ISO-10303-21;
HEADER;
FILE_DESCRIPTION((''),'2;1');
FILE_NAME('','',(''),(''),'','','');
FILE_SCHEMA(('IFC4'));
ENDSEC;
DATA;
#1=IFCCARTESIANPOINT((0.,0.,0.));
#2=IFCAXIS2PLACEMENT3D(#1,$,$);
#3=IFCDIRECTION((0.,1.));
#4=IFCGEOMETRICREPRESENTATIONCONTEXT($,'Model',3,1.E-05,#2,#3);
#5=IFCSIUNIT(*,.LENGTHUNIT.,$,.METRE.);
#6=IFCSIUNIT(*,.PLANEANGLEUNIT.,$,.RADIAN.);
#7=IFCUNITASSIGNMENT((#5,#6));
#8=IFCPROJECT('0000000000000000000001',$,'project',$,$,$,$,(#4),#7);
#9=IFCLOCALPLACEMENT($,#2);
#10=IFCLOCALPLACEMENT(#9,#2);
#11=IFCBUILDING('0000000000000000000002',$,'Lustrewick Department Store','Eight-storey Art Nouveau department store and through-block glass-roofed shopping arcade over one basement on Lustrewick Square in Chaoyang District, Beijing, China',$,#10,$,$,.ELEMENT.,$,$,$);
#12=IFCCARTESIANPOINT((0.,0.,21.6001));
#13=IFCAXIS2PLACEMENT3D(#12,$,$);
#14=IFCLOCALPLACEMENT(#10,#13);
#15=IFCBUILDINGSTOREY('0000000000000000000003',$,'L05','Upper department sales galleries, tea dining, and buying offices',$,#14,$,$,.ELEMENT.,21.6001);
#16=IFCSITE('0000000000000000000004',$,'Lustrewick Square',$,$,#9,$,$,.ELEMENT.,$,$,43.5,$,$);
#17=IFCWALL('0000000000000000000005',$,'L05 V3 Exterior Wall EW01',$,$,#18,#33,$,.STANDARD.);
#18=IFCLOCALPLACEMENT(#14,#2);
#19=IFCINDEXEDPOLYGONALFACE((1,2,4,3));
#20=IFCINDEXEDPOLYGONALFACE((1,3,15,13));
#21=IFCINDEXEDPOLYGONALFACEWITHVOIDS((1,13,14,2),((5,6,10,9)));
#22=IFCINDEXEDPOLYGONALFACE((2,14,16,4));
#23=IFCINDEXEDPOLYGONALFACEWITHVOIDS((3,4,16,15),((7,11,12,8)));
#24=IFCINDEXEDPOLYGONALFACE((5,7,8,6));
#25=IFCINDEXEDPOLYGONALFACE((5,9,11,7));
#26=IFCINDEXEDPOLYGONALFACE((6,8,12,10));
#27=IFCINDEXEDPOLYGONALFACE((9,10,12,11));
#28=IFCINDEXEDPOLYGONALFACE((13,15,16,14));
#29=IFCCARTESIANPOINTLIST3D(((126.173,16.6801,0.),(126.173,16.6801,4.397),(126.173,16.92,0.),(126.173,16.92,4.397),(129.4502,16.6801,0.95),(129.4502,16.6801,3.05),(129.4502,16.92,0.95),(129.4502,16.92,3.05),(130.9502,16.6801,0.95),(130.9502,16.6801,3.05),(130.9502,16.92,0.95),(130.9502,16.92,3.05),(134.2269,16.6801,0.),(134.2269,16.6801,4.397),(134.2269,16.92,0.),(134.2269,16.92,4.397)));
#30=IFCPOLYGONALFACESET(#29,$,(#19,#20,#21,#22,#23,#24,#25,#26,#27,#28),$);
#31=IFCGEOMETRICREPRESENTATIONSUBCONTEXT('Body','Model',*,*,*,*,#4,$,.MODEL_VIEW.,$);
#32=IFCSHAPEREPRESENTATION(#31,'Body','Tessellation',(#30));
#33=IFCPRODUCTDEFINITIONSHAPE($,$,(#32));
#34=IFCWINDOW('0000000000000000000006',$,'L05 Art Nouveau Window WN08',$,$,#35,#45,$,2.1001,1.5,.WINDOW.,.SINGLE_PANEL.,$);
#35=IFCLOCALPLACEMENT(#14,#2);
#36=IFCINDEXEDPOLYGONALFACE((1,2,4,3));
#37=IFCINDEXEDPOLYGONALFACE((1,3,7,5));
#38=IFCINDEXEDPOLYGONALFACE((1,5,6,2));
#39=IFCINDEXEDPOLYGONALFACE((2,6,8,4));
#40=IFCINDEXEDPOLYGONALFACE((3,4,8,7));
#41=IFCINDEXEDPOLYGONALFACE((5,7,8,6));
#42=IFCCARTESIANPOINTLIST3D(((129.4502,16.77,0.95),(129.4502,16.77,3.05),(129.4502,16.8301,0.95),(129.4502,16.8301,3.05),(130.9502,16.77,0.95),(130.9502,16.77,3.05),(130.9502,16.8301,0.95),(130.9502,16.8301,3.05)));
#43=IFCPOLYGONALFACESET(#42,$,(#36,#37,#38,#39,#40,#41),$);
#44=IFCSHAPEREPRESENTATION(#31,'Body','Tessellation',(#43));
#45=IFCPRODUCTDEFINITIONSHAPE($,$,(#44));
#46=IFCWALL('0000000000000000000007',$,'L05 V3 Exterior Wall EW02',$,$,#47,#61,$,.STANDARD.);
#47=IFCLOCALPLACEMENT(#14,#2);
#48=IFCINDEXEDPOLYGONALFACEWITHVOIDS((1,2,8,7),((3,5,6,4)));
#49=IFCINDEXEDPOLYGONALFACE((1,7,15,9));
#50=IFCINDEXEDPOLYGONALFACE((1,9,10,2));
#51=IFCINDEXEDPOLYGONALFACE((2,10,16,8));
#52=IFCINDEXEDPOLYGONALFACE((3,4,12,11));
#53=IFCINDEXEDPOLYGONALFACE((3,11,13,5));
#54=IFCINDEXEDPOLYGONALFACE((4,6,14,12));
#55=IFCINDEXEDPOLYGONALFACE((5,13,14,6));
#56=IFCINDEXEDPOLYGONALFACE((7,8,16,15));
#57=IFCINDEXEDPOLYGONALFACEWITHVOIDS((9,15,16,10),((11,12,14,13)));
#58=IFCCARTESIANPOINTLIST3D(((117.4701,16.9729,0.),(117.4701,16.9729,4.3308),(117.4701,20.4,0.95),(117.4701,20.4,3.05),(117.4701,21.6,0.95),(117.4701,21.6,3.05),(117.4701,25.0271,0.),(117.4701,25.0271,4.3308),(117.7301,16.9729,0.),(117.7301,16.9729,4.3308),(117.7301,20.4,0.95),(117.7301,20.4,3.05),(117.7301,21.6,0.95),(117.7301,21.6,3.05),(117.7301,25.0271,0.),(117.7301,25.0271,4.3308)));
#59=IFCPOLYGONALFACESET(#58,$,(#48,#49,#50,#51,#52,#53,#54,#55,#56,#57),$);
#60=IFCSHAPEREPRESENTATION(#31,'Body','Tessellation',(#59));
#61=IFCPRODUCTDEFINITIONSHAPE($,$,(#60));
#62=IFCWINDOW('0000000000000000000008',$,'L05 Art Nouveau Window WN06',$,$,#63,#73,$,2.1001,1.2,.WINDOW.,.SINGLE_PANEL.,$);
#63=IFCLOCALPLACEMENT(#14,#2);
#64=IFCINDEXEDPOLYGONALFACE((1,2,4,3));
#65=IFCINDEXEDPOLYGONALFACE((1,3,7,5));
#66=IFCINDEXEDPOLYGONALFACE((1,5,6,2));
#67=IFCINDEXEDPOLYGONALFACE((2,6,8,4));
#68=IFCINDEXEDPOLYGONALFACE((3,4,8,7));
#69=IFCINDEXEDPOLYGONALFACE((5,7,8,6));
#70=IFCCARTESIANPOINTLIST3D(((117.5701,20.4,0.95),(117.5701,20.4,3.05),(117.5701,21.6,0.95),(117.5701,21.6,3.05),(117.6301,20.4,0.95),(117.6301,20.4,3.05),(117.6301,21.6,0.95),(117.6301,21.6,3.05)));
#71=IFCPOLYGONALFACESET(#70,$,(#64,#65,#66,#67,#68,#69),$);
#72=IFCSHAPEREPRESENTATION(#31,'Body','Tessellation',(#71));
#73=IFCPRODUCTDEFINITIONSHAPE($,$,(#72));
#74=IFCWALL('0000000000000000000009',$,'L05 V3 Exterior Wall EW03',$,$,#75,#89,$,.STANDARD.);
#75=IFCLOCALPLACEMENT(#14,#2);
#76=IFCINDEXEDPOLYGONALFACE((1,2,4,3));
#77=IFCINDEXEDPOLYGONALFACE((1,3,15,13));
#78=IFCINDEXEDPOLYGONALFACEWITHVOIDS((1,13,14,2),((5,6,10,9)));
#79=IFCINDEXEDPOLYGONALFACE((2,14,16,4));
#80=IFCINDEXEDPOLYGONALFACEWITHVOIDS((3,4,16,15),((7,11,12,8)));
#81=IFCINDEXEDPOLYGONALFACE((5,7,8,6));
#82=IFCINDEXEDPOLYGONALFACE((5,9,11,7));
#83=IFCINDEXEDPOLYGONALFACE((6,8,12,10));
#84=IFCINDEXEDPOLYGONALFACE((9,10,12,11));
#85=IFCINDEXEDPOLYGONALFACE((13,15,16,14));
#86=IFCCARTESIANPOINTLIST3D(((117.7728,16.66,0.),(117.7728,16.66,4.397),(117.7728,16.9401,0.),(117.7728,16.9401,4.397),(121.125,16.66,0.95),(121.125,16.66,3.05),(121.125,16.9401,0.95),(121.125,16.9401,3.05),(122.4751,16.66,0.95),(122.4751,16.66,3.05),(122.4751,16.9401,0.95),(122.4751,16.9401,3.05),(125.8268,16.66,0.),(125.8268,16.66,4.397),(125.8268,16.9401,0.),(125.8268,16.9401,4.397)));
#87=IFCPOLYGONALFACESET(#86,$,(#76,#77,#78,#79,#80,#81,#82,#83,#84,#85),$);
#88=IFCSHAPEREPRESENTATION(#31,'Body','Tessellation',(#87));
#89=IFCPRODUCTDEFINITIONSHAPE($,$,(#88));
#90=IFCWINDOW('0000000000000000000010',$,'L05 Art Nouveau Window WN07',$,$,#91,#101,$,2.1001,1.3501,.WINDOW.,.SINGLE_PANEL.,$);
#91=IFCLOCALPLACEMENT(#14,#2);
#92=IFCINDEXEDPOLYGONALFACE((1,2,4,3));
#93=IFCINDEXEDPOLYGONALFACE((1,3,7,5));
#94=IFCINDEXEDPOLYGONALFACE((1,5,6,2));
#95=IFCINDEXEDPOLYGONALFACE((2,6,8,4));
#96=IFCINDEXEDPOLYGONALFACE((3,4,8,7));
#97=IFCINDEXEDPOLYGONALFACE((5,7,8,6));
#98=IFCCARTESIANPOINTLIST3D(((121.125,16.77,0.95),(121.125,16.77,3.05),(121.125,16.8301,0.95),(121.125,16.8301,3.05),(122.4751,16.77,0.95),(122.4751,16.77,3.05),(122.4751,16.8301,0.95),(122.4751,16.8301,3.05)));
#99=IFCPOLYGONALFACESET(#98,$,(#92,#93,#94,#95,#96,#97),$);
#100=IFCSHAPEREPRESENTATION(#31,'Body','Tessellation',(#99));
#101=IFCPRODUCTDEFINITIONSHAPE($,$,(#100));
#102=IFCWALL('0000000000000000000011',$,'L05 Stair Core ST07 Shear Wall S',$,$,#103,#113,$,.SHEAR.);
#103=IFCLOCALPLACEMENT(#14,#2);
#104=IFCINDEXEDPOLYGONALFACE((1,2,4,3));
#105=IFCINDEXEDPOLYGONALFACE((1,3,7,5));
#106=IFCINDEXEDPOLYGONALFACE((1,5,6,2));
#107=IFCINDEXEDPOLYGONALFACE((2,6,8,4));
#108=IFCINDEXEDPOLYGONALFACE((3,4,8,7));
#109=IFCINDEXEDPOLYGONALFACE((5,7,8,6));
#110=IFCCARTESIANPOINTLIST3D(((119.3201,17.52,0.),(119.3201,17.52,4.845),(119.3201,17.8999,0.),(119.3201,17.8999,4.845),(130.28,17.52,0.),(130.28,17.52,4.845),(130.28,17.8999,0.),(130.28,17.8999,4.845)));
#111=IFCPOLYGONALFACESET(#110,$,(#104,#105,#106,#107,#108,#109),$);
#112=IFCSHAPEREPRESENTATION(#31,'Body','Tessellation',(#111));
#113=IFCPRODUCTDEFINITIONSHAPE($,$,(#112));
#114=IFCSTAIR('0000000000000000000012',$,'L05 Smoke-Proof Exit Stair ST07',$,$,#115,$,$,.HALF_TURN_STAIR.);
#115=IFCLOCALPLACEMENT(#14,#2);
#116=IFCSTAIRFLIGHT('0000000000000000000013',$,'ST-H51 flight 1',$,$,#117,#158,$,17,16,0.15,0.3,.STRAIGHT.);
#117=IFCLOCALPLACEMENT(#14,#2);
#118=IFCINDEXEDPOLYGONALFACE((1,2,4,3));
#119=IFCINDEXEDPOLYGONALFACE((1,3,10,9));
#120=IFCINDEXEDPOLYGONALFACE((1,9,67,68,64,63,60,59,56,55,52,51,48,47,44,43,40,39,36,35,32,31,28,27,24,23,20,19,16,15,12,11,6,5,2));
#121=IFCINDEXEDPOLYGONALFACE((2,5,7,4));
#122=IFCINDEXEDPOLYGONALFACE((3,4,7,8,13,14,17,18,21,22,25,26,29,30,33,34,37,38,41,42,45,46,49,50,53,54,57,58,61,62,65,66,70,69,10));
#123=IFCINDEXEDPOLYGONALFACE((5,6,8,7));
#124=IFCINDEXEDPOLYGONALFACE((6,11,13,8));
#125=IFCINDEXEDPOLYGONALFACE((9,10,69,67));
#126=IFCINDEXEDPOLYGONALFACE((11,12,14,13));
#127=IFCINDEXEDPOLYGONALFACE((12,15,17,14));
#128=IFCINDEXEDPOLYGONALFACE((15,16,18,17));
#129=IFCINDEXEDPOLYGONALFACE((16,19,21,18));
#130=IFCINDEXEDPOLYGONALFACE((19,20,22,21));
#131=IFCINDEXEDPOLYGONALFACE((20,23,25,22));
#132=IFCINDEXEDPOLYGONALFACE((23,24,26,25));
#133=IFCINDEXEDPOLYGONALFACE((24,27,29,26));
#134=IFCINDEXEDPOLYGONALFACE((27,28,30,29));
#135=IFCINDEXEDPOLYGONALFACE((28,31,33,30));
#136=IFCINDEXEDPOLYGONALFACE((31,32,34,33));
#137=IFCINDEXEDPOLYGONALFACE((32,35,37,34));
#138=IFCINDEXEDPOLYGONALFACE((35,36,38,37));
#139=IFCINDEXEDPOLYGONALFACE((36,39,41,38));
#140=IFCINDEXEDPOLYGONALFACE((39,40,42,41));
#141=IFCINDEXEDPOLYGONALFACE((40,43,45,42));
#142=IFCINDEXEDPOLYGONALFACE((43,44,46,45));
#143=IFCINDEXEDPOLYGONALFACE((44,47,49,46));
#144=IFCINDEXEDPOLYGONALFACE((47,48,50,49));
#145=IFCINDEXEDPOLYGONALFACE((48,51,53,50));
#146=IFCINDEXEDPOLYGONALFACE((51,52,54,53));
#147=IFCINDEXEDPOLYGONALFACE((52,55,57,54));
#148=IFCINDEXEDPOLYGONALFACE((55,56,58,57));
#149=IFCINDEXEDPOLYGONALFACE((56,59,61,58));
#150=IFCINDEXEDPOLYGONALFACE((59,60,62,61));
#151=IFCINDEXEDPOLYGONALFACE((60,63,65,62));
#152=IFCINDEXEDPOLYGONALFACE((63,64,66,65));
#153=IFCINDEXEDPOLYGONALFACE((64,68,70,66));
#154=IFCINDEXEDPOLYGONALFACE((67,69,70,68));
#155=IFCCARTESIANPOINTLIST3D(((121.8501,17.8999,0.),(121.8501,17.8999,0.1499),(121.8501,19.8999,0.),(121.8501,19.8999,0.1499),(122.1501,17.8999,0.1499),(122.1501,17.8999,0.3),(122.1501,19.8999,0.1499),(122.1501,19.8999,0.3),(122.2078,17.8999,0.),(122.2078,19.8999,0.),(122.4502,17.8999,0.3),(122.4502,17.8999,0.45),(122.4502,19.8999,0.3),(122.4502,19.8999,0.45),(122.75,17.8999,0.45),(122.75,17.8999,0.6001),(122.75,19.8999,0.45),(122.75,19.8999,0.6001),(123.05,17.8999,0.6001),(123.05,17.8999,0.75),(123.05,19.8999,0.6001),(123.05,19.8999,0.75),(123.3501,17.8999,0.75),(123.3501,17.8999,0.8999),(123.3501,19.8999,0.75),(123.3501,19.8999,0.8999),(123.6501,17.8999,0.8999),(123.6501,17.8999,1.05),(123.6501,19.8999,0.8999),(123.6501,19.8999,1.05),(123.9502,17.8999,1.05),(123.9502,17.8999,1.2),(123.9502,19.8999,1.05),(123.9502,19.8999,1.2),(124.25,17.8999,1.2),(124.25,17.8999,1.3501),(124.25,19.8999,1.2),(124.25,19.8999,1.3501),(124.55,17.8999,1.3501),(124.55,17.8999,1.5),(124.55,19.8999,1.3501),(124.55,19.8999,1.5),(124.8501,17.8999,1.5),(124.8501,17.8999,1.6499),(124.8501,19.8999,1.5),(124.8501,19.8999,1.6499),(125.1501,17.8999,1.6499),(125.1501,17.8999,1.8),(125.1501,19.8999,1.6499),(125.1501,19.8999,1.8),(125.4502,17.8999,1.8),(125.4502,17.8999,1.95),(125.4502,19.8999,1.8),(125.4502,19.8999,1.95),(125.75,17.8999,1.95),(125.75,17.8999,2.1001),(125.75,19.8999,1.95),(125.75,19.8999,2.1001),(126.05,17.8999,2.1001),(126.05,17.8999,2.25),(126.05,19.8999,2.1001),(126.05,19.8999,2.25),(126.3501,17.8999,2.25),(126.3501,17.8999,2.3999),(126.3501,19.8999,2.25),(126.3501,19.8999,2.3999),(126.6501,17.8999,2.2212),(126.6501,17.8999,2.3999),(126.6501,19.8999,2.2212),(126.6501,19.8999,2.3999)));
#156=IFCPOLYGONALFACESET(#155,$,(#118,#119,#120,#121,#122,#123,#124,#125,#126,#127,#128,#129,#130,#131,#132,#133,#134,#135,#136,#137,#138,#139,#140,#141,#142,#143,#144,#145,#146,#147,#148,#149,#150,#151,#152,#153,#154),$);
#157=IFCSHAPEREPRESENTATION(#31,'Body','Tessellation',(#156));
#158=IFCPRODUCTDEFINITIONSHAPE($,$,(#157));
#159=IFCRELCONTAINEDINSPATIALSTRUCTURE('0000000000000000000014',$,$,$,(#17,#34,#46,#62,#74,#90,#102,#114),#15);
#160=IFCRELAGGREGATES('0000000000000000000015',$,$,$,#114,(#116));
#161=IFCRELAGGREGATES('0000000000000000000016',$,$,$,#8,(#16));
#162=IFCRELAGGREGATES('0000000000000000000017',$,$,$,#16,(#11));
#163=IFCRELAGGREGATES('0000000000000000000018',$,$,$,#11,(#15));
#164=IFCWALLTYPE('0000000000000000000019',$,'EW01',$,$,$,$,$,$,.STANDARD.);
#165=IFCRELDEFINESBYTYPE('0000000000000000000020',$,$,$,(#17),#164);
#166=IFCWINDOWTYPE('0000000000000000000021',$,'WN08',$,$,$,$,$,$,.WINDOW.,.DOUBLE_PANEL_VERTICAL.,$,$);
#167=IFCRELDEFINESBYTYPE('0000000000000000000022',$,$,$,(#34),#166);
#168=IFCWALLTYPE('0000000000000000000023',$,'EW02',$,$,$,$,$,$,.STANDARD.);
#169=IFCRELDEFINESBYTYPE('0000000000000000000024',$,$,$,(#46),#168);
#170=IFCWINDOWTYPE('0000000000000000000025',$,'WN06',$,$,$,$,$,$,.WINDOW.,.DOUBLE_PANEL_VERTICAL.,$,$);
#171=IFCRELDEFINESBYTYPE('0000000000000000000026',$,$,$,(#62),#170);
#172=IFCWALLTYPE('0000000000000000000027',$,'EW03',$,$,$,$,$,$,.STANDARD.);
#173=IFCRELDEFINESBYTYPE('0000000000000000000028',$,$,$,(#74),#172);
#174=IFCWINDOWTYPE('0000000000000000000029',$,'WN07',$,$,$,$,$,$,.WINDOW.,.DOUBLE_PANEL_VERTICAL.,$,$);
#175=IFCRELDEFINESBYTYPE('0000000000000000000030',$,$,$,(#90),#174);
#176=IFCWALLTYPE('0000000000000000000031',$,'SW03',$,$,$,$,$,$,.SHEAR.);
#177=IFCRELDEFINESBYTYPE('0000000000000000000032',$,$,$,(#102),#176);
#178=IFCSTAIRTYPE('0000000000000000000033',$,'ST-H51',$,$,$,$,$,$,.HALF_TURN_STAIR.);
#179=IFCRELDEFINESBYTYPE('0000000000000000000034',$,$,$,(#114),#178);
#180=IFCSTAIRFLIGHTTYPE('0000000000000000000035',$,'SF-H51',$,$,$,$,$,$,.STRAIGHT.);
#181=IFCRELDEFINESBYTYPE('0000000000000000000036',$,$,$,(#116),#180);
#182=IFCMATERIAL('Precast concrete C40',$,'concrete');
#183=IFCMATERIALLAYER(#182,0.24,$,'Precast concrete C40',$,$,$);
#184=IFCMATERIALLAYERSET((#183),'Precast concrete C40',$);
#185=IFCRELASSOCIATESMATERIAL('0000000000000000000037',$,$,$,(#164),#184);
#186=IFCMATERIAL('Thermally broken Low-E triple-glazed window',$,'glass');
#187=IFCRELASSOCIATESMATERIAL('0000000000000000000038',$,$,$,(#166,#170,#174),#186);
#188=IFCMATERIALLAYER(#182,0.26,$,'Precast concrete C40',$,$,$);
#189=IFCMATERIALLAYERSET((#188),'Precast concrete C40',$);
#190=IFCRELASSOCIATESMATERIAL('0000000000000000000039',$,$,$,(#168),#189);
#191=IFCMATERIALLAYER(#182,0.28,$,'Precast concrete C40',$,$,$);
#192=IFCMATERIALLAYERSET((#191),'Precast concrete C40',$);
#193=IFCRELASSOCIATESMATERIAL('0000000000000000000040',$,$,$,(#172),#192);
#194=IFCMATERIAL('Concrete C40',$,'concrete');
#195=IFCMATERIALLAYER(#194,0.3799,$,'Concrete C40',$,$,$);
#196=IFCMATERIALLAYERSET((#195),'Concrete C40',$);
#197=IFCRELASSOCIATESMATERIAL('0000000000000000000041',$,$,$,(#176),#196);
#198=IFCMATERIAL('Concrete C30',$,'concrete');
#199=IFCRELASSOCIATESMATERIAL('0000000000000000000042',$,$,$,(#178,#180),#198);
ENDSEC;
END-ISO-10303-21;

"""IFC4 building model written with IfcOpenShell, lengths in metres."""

from ifc_helpers import new_model, si_unit, direction, frame, frame_2d, origin, place, context, subcontext, project, spatial, polyline, rectangle, outline, extrude, material, layer, layer_set, type_object, element, fill, aggregate, save


model = new_model("IFC4")

# Units and contexts
model_context = context("Model", 3, precision=1e-05, world=origin(), true_north=direction((0.0, 1.0)))
body_context = subcontext(model_context, "Body", "Model", "MODEL_VIEW")
ifc_project = project(units=[si_unit("LENGTHUNIT", "METRE"), si_unit("PLANEANGLEUNIT", "RADIAN")], contexts=[model_context])

# Site, building, storey
site_placement = place(None, origin())
site = spatial("IfcSite", under=ifc_project, at=site_placement, Name="Lustrewick Square", CompositionType="ELEMENT", RefElevation=43.5)
building_placement = place(site_placement, origin())
building = spatial("IfcBuilding", under=site, at=building_placement, Name="Lustrewick Department Store", Description="Eight-storey Art Nouveau department store and through-block glass-roofed shopping arcade over one basement on Lustrewick Square in Chaoyang District, Beijing, China", CompositionType="ELEMENT")
storey_placement = place(building_placement, frame((0.0, 0.0, 21.6001)))
storey = spatial("IfcBuildingStorey", under=building, at=storey_placement, Name="L05", Description="Upper department sales galleries, tea dining, and buying offices", CompositionType="ELEMENT", Elevation=21.6001)

# Shared definitions
ifc_material_1 = material(Name="Concrete C30", Category="concrete")

# Walls, openings, windows
ifc_material_2 = material(Name="Precast concrete C40", Category="concrete")
ifc_layer_1 = layer(ifc_material_2, 0.24, Name="Precast concrete C40")
ifc_layer_set_1 = layer_set([ifc_layer_1], Name="Precast concrete C40")
wall_type_1 = type_object("IfcWallType", Name="EW01", PredefinedType="STANDARD", material=ifc_layer_set_1)
wall_1_placement = place(storey_placement, frame((126.1731, 16.8, 0.0), z_axis=(0.0, 0.0, 1.0), x_axis=(1.0, 0.0, 0.0)))
wall_1 = element("IfcWall", 1, at=wall_1_placement, inside=storey, type_object=wall_type_1, Name="L05 V3 Exterior Wall EW01", PredefinedType="STANDARD", context=body_context, shape_type="SweptSolid", body=[
    extrude(rectangle(XDim=8.054, YDim=0.24, at=frame_2d((4.0269, 0.0))), origin(), (0.0, 0.0, 1.0), 4.397),
])
opening_1_placement = place(wall_1_placement, frame((3.2771, 0.0, 0.95)))
opening_1 = element("IfcOpeningElement", 2, at=opening_1_placement, cuts=wall_1, PredefinedType="OPENING", context=body_context, shape_type="SweptSolid", body=[
    extrude(rectangle(XDim=1.5, YDim=2.1001, at=frame_2d((0.75, 1.05))), frame((0.0, 0.1299, 0.0), z_axis=(0.0, -1.0, 0.0), x_axis=(1.0, 0.0, 0.0)), (0.0, 0.0, 1.0), 0.26),
])
ifc_material_3 = material(Name="Thermally broken Low-E triple-glazed window", Category="glass")
window_type_1 = type_object("IfcWindowType", Name="WN08", PartitioningType="DOUBLE_PANEL_VERTICAL", PredefinedType="WINDOW", material=ifc_material_3)
window_1_placement = place(opening_1_placement, origin())
window_1 = element("IfcWindow", 3, at=window_1_placement, inside=storey, type_object=window_type_1, Name="L05 Art Nouveau Window WN08", OverallHeight=2.1001, OverallWidth=1.5, PartitioningType="SINGLE_PANEL", PredefinedType="WINDOW", context=body_context, shape_type="SweptSolid", body=[
    extrude(rectangle(XDim=1.5, YDim=2.1001, at=frame_2d((0.75, 1.05))), frame((0.0, 0.03, 0.0), z_axis=(0.0, -1.0, 0.0), x_axis=(1.0, 0.0, 0.0)), (0.0, 0.0, 1.0), 0.0601),
])
fill(opening_1, window_1)
ifc_layer_2 = layer(ifc_material_2, 0.26, Name="Precast concrete C40")
ifc_layer_set_2 = layer_set([ifc_layer_2], Name="Precast concrete C40")
wall_type_2 = type_object("IfcWallType", Name="EW02", PredefinedType="STANDARD", material=ifc_layer_set_2)
wall_2_placement = place(storey_placement, frame((117.6001, 25.0271, 0.0), z_axis=(0.0, 0.0, 1.0), x_axis=(0.0, -1.0, 0.0)))
wall_2 = element("IfcWall", 4, at=wall_2_placement, inside=storey, type_object=wall_type_2, Name="L05 V3 Exterior Wall EW02", PredefinedType="STANDARD", context=body_context, shape_type="SweptSolid", body=[
    extrude(rectangle(XDim=8.0542, YDim=0.26, at=frame_2d((4.0271, 0.0))), origin(), (0.0, 0.0, 1.0), 4.3308),
])
opening_2_placement = place(wall_2_placement, frame((3.427, 0.0, 0.95)))
opening_2 = element("IfcOpeningElement", 5, at=opening_2_placement, cuts=wall_2, PredefinedType="OPENING", context=body_context, shape_type="SweptSolid", body=[
    extrude(rectangle(XDim=1.2, YDim=2.1001, at=frame_2d((0.6001, 1.05))), frame((0.0, 0.1401, 0.0), z_axis=(0.0, -1.0, 0.0), x_axis=(1.0, 0.0, 0.0)), (0.0, 0.0, 1.0), 0.28),
])
window_type_2 = type_object("IfcWindowType", Name="WN06", PartitioningType="DOUBLE_PANEL_VERTICAL", PredefinedType="WINDOW", material=ifc_material_3)
window_2_placement = place(opening_2_placement, origin())
window_2 = element("IfcWindow", 6, at=window_2_placement, inside=storey, type_object=window_type_2, Name="L05 Art Nouveau Window WN06", OverallHeight=2.1001, OverallWidth=1.2, PartitioningType="SINGLE_PANEL", PredefinedType="WINDOW", context=body_context, shape_type="SweptSolid", body=[
    extrude(rectangle(XDim=1.2, YDim=2.1001, at=frame_2d((0.6001, 1.05))), frame((0.0, 0.03, 0.0), z_axis=(0.0, -1.0, 0.0), x_axis=(1.0, 0.0, 0.0)), (0.0, 0.0, 1.0), 0.0601),
])
fill(opening_2, window_2)
ifc_layer_3 = layer(ifc_material_2, 0.28, Name="Precast concrete C40")
ifc_layer_set_3 = layer_set([ifc_layer_3], Name="Precast concrete C40")
wall_type_3 = type_object("IfcWallType", Name="EW03", PredefinedType="STANDARD", material=ifc_layer_set_3)
wall_3_placement = place(storey_placement, frame((117.7729, 16.8, 0.0), z_axis=(0.0, 0.0, 1.0), x_axis=(1.0, 0.0, 0.0)))
wall_3 = element("IfcWall", 7, at=wall_3_placement, inside=storey, type_object=wall_type_3, Name="L05 V3 Exterior Wall EW03", PredefinedType="STANDARD", context=body_context, shape_type="SweptSolid", body=[
    extrude(rectangle(XDim=8.054, YDim=0.28, at=frame_2d((4.0269, 0.0))), origin(), (0.0, 0.0, 1.0), 4.397),
])
opening_3_placement = place(wall_3_placement, frame((3.3521, 0.0, 0.95)))
opening_3 = element("IfcOpeningElement", 8, at=opening_3_placement, cuts=wall_3, PredefinedType="OPENING", context=body_context, shape_type="SweptSolid", body=[
    extrude(rectangle(XDim=1.3501, YDim=2.1001, at=frame_2d((0.675, 1.05))), frame((0.0, 0.1499, 0.0), z_axis=(0.0, -1.0, 0.0), x_axis=(1.0, 0.0, 0.0)), (0.0, 0.0, 1.0), 0.3),
])
window_type_3 = type_object("IfcWindowType", Name="WN07", PartitioningType="DOUBLE_PANEL_VERTICAL", PredefinedType="WINDOW", material=ifc_material_3)
window_3_placement = place(opening_3_placement, origin())
window_3 = element("IfcWindow", 9, at=window_3_placement, inside=storey, type_object=window_type_3, Name="L05 Art Nouveau Window WN07", OverallHeight=2.1001, OverallWidth=1.3501, PartitioningType="SINGLE_PANEL", PredefinedType="WINDOW", context=body_context, shape_type="SweptSolid", body=[
    extrude(rectangle(XDim=1.3501, YDim=2.1001, at=frame_2d((0.675, 1.05))), frame((0.0, 0.03, 0.0), z_axis=(0.0, -1.0, 0.0), x_axis=(1.0, 0.0, 0.0)), (0.0, 0.0, 1.0), 0.0601),
])
fill(opening_3, window_3)

# Wall
ifc_material_4 = material(Name="Concrete C40", Category="concrete")
ifc_layer_4 = layer(ifc_material_4, 0.3799, Name="Concrete C40")
ifc_layer_set_4 = layer_set([ifc_layer_4], Name="Concrete C40")
wall_type_4 = type_object("IfcWallType", Name="SW03", PredefinedType="SHEAR", material=ifc_layer_set_4)
wall_4_placement = place(storey_placement, frame((119.3201, 17.71, 0.0), z_axis=(0.0, 0.0, 1.0), x_axis=(1.0, 0.0, 0.0)))
element("IfcWall", 10, at=wall_4_placement, inside=storey, type_object=wall_type_4, Name="L05 Stair Core ST07 Shear Wall S", PredefinedType="SHEAR", context=body_context, shape_type="SweptSolid", body=[
    extrude(rectangle(XDim=10.96, YDim=0.3799, at=frame_2d((5.48, 0.0))), origin(), (0.0, 0.0, 1.0), 4.845),
])

# Stair, stair flight
stair_type = type_object("IfcStairType", Name="ST-H51", PredefinedType="HALF_TURN_STAIR", material=ifc_material_1)
stair_placement = place(storey_placement, origin())
stair = element("IfcStair", 11, at=stair_placement, inside=storey, type_object=stair_type, Name="L05 Smoke-Proof Exit Stair ST07", PredefinedType="HALF_TURN_STAIR")
stair_flight_type = type_object("IfcStairFlightType", Name="SF-H51", PredefinedType="STRAIGHT", material=ifc_material_1)
stair_flight_placement = place(storey_placement, frame((121.8501, 18.8999, 0.0), z_axis=(0.0, 0.0, 1.0), x_axis=(1.0, 0.0, 0.0)))
stair_flight = element("IfcStairFlight", 12, at=stair_flight_placement, type_object=stair_flight_type, Name="ST-H51 flight 1", NumberOfRisers=17, NumberOfTreads=16, PredefinedType="STRAIGHT", RiserHeight=0.15, TreadLength=0.3, context=body_context, shape_type="SweptSolid", body=[
    extrude(outline(polyline([(0.0, 0.0), (0.0, 0.1499), (0.3, 0.1499), (0.3, 0.3), (0.6001, 0.3), (0.6001, 0.45), (0.8999, 0.45), (0.8999, 0.6001), (1.2, 0.6001), (1.2, 0.75), (1.5, 0.75), (1.5, 0.8999), (1.8, 0.8999), (1.8, 1.05), (2.1001, 1.05), (2.1001, 1.2), (2.3999, 1.2), (2.3999, 1.3501), (2.7, 1.3501), (2.7, 1.5), (3.0, 1.5), (3.0, 1.6499), (3.3, 1.6499), (3.3, 1.8), (3.6001, 1.8), (3.6001, 1.95), (3.8999, 1.95), (3.8999, 2.1001), (4.2, 2.1001), (4.2, 2.25), (4.5, 2.25), (4.5, 2.3999), (4.8, 2.3999), (4.8, 2.55), (4.8, 2.2212), (0.3577, 0.0), (0.0, 0.0)])), frame((0.0, 1.0, 0.0), z_axis=(0.0, -1.0, 0.0), x_axis=(1.0, 0.0, 0.0)), (0.0, 0.0, 1.0), 2.0),
])
aggregate(stair, [stair_flight])

save(model, "model.ifc")
